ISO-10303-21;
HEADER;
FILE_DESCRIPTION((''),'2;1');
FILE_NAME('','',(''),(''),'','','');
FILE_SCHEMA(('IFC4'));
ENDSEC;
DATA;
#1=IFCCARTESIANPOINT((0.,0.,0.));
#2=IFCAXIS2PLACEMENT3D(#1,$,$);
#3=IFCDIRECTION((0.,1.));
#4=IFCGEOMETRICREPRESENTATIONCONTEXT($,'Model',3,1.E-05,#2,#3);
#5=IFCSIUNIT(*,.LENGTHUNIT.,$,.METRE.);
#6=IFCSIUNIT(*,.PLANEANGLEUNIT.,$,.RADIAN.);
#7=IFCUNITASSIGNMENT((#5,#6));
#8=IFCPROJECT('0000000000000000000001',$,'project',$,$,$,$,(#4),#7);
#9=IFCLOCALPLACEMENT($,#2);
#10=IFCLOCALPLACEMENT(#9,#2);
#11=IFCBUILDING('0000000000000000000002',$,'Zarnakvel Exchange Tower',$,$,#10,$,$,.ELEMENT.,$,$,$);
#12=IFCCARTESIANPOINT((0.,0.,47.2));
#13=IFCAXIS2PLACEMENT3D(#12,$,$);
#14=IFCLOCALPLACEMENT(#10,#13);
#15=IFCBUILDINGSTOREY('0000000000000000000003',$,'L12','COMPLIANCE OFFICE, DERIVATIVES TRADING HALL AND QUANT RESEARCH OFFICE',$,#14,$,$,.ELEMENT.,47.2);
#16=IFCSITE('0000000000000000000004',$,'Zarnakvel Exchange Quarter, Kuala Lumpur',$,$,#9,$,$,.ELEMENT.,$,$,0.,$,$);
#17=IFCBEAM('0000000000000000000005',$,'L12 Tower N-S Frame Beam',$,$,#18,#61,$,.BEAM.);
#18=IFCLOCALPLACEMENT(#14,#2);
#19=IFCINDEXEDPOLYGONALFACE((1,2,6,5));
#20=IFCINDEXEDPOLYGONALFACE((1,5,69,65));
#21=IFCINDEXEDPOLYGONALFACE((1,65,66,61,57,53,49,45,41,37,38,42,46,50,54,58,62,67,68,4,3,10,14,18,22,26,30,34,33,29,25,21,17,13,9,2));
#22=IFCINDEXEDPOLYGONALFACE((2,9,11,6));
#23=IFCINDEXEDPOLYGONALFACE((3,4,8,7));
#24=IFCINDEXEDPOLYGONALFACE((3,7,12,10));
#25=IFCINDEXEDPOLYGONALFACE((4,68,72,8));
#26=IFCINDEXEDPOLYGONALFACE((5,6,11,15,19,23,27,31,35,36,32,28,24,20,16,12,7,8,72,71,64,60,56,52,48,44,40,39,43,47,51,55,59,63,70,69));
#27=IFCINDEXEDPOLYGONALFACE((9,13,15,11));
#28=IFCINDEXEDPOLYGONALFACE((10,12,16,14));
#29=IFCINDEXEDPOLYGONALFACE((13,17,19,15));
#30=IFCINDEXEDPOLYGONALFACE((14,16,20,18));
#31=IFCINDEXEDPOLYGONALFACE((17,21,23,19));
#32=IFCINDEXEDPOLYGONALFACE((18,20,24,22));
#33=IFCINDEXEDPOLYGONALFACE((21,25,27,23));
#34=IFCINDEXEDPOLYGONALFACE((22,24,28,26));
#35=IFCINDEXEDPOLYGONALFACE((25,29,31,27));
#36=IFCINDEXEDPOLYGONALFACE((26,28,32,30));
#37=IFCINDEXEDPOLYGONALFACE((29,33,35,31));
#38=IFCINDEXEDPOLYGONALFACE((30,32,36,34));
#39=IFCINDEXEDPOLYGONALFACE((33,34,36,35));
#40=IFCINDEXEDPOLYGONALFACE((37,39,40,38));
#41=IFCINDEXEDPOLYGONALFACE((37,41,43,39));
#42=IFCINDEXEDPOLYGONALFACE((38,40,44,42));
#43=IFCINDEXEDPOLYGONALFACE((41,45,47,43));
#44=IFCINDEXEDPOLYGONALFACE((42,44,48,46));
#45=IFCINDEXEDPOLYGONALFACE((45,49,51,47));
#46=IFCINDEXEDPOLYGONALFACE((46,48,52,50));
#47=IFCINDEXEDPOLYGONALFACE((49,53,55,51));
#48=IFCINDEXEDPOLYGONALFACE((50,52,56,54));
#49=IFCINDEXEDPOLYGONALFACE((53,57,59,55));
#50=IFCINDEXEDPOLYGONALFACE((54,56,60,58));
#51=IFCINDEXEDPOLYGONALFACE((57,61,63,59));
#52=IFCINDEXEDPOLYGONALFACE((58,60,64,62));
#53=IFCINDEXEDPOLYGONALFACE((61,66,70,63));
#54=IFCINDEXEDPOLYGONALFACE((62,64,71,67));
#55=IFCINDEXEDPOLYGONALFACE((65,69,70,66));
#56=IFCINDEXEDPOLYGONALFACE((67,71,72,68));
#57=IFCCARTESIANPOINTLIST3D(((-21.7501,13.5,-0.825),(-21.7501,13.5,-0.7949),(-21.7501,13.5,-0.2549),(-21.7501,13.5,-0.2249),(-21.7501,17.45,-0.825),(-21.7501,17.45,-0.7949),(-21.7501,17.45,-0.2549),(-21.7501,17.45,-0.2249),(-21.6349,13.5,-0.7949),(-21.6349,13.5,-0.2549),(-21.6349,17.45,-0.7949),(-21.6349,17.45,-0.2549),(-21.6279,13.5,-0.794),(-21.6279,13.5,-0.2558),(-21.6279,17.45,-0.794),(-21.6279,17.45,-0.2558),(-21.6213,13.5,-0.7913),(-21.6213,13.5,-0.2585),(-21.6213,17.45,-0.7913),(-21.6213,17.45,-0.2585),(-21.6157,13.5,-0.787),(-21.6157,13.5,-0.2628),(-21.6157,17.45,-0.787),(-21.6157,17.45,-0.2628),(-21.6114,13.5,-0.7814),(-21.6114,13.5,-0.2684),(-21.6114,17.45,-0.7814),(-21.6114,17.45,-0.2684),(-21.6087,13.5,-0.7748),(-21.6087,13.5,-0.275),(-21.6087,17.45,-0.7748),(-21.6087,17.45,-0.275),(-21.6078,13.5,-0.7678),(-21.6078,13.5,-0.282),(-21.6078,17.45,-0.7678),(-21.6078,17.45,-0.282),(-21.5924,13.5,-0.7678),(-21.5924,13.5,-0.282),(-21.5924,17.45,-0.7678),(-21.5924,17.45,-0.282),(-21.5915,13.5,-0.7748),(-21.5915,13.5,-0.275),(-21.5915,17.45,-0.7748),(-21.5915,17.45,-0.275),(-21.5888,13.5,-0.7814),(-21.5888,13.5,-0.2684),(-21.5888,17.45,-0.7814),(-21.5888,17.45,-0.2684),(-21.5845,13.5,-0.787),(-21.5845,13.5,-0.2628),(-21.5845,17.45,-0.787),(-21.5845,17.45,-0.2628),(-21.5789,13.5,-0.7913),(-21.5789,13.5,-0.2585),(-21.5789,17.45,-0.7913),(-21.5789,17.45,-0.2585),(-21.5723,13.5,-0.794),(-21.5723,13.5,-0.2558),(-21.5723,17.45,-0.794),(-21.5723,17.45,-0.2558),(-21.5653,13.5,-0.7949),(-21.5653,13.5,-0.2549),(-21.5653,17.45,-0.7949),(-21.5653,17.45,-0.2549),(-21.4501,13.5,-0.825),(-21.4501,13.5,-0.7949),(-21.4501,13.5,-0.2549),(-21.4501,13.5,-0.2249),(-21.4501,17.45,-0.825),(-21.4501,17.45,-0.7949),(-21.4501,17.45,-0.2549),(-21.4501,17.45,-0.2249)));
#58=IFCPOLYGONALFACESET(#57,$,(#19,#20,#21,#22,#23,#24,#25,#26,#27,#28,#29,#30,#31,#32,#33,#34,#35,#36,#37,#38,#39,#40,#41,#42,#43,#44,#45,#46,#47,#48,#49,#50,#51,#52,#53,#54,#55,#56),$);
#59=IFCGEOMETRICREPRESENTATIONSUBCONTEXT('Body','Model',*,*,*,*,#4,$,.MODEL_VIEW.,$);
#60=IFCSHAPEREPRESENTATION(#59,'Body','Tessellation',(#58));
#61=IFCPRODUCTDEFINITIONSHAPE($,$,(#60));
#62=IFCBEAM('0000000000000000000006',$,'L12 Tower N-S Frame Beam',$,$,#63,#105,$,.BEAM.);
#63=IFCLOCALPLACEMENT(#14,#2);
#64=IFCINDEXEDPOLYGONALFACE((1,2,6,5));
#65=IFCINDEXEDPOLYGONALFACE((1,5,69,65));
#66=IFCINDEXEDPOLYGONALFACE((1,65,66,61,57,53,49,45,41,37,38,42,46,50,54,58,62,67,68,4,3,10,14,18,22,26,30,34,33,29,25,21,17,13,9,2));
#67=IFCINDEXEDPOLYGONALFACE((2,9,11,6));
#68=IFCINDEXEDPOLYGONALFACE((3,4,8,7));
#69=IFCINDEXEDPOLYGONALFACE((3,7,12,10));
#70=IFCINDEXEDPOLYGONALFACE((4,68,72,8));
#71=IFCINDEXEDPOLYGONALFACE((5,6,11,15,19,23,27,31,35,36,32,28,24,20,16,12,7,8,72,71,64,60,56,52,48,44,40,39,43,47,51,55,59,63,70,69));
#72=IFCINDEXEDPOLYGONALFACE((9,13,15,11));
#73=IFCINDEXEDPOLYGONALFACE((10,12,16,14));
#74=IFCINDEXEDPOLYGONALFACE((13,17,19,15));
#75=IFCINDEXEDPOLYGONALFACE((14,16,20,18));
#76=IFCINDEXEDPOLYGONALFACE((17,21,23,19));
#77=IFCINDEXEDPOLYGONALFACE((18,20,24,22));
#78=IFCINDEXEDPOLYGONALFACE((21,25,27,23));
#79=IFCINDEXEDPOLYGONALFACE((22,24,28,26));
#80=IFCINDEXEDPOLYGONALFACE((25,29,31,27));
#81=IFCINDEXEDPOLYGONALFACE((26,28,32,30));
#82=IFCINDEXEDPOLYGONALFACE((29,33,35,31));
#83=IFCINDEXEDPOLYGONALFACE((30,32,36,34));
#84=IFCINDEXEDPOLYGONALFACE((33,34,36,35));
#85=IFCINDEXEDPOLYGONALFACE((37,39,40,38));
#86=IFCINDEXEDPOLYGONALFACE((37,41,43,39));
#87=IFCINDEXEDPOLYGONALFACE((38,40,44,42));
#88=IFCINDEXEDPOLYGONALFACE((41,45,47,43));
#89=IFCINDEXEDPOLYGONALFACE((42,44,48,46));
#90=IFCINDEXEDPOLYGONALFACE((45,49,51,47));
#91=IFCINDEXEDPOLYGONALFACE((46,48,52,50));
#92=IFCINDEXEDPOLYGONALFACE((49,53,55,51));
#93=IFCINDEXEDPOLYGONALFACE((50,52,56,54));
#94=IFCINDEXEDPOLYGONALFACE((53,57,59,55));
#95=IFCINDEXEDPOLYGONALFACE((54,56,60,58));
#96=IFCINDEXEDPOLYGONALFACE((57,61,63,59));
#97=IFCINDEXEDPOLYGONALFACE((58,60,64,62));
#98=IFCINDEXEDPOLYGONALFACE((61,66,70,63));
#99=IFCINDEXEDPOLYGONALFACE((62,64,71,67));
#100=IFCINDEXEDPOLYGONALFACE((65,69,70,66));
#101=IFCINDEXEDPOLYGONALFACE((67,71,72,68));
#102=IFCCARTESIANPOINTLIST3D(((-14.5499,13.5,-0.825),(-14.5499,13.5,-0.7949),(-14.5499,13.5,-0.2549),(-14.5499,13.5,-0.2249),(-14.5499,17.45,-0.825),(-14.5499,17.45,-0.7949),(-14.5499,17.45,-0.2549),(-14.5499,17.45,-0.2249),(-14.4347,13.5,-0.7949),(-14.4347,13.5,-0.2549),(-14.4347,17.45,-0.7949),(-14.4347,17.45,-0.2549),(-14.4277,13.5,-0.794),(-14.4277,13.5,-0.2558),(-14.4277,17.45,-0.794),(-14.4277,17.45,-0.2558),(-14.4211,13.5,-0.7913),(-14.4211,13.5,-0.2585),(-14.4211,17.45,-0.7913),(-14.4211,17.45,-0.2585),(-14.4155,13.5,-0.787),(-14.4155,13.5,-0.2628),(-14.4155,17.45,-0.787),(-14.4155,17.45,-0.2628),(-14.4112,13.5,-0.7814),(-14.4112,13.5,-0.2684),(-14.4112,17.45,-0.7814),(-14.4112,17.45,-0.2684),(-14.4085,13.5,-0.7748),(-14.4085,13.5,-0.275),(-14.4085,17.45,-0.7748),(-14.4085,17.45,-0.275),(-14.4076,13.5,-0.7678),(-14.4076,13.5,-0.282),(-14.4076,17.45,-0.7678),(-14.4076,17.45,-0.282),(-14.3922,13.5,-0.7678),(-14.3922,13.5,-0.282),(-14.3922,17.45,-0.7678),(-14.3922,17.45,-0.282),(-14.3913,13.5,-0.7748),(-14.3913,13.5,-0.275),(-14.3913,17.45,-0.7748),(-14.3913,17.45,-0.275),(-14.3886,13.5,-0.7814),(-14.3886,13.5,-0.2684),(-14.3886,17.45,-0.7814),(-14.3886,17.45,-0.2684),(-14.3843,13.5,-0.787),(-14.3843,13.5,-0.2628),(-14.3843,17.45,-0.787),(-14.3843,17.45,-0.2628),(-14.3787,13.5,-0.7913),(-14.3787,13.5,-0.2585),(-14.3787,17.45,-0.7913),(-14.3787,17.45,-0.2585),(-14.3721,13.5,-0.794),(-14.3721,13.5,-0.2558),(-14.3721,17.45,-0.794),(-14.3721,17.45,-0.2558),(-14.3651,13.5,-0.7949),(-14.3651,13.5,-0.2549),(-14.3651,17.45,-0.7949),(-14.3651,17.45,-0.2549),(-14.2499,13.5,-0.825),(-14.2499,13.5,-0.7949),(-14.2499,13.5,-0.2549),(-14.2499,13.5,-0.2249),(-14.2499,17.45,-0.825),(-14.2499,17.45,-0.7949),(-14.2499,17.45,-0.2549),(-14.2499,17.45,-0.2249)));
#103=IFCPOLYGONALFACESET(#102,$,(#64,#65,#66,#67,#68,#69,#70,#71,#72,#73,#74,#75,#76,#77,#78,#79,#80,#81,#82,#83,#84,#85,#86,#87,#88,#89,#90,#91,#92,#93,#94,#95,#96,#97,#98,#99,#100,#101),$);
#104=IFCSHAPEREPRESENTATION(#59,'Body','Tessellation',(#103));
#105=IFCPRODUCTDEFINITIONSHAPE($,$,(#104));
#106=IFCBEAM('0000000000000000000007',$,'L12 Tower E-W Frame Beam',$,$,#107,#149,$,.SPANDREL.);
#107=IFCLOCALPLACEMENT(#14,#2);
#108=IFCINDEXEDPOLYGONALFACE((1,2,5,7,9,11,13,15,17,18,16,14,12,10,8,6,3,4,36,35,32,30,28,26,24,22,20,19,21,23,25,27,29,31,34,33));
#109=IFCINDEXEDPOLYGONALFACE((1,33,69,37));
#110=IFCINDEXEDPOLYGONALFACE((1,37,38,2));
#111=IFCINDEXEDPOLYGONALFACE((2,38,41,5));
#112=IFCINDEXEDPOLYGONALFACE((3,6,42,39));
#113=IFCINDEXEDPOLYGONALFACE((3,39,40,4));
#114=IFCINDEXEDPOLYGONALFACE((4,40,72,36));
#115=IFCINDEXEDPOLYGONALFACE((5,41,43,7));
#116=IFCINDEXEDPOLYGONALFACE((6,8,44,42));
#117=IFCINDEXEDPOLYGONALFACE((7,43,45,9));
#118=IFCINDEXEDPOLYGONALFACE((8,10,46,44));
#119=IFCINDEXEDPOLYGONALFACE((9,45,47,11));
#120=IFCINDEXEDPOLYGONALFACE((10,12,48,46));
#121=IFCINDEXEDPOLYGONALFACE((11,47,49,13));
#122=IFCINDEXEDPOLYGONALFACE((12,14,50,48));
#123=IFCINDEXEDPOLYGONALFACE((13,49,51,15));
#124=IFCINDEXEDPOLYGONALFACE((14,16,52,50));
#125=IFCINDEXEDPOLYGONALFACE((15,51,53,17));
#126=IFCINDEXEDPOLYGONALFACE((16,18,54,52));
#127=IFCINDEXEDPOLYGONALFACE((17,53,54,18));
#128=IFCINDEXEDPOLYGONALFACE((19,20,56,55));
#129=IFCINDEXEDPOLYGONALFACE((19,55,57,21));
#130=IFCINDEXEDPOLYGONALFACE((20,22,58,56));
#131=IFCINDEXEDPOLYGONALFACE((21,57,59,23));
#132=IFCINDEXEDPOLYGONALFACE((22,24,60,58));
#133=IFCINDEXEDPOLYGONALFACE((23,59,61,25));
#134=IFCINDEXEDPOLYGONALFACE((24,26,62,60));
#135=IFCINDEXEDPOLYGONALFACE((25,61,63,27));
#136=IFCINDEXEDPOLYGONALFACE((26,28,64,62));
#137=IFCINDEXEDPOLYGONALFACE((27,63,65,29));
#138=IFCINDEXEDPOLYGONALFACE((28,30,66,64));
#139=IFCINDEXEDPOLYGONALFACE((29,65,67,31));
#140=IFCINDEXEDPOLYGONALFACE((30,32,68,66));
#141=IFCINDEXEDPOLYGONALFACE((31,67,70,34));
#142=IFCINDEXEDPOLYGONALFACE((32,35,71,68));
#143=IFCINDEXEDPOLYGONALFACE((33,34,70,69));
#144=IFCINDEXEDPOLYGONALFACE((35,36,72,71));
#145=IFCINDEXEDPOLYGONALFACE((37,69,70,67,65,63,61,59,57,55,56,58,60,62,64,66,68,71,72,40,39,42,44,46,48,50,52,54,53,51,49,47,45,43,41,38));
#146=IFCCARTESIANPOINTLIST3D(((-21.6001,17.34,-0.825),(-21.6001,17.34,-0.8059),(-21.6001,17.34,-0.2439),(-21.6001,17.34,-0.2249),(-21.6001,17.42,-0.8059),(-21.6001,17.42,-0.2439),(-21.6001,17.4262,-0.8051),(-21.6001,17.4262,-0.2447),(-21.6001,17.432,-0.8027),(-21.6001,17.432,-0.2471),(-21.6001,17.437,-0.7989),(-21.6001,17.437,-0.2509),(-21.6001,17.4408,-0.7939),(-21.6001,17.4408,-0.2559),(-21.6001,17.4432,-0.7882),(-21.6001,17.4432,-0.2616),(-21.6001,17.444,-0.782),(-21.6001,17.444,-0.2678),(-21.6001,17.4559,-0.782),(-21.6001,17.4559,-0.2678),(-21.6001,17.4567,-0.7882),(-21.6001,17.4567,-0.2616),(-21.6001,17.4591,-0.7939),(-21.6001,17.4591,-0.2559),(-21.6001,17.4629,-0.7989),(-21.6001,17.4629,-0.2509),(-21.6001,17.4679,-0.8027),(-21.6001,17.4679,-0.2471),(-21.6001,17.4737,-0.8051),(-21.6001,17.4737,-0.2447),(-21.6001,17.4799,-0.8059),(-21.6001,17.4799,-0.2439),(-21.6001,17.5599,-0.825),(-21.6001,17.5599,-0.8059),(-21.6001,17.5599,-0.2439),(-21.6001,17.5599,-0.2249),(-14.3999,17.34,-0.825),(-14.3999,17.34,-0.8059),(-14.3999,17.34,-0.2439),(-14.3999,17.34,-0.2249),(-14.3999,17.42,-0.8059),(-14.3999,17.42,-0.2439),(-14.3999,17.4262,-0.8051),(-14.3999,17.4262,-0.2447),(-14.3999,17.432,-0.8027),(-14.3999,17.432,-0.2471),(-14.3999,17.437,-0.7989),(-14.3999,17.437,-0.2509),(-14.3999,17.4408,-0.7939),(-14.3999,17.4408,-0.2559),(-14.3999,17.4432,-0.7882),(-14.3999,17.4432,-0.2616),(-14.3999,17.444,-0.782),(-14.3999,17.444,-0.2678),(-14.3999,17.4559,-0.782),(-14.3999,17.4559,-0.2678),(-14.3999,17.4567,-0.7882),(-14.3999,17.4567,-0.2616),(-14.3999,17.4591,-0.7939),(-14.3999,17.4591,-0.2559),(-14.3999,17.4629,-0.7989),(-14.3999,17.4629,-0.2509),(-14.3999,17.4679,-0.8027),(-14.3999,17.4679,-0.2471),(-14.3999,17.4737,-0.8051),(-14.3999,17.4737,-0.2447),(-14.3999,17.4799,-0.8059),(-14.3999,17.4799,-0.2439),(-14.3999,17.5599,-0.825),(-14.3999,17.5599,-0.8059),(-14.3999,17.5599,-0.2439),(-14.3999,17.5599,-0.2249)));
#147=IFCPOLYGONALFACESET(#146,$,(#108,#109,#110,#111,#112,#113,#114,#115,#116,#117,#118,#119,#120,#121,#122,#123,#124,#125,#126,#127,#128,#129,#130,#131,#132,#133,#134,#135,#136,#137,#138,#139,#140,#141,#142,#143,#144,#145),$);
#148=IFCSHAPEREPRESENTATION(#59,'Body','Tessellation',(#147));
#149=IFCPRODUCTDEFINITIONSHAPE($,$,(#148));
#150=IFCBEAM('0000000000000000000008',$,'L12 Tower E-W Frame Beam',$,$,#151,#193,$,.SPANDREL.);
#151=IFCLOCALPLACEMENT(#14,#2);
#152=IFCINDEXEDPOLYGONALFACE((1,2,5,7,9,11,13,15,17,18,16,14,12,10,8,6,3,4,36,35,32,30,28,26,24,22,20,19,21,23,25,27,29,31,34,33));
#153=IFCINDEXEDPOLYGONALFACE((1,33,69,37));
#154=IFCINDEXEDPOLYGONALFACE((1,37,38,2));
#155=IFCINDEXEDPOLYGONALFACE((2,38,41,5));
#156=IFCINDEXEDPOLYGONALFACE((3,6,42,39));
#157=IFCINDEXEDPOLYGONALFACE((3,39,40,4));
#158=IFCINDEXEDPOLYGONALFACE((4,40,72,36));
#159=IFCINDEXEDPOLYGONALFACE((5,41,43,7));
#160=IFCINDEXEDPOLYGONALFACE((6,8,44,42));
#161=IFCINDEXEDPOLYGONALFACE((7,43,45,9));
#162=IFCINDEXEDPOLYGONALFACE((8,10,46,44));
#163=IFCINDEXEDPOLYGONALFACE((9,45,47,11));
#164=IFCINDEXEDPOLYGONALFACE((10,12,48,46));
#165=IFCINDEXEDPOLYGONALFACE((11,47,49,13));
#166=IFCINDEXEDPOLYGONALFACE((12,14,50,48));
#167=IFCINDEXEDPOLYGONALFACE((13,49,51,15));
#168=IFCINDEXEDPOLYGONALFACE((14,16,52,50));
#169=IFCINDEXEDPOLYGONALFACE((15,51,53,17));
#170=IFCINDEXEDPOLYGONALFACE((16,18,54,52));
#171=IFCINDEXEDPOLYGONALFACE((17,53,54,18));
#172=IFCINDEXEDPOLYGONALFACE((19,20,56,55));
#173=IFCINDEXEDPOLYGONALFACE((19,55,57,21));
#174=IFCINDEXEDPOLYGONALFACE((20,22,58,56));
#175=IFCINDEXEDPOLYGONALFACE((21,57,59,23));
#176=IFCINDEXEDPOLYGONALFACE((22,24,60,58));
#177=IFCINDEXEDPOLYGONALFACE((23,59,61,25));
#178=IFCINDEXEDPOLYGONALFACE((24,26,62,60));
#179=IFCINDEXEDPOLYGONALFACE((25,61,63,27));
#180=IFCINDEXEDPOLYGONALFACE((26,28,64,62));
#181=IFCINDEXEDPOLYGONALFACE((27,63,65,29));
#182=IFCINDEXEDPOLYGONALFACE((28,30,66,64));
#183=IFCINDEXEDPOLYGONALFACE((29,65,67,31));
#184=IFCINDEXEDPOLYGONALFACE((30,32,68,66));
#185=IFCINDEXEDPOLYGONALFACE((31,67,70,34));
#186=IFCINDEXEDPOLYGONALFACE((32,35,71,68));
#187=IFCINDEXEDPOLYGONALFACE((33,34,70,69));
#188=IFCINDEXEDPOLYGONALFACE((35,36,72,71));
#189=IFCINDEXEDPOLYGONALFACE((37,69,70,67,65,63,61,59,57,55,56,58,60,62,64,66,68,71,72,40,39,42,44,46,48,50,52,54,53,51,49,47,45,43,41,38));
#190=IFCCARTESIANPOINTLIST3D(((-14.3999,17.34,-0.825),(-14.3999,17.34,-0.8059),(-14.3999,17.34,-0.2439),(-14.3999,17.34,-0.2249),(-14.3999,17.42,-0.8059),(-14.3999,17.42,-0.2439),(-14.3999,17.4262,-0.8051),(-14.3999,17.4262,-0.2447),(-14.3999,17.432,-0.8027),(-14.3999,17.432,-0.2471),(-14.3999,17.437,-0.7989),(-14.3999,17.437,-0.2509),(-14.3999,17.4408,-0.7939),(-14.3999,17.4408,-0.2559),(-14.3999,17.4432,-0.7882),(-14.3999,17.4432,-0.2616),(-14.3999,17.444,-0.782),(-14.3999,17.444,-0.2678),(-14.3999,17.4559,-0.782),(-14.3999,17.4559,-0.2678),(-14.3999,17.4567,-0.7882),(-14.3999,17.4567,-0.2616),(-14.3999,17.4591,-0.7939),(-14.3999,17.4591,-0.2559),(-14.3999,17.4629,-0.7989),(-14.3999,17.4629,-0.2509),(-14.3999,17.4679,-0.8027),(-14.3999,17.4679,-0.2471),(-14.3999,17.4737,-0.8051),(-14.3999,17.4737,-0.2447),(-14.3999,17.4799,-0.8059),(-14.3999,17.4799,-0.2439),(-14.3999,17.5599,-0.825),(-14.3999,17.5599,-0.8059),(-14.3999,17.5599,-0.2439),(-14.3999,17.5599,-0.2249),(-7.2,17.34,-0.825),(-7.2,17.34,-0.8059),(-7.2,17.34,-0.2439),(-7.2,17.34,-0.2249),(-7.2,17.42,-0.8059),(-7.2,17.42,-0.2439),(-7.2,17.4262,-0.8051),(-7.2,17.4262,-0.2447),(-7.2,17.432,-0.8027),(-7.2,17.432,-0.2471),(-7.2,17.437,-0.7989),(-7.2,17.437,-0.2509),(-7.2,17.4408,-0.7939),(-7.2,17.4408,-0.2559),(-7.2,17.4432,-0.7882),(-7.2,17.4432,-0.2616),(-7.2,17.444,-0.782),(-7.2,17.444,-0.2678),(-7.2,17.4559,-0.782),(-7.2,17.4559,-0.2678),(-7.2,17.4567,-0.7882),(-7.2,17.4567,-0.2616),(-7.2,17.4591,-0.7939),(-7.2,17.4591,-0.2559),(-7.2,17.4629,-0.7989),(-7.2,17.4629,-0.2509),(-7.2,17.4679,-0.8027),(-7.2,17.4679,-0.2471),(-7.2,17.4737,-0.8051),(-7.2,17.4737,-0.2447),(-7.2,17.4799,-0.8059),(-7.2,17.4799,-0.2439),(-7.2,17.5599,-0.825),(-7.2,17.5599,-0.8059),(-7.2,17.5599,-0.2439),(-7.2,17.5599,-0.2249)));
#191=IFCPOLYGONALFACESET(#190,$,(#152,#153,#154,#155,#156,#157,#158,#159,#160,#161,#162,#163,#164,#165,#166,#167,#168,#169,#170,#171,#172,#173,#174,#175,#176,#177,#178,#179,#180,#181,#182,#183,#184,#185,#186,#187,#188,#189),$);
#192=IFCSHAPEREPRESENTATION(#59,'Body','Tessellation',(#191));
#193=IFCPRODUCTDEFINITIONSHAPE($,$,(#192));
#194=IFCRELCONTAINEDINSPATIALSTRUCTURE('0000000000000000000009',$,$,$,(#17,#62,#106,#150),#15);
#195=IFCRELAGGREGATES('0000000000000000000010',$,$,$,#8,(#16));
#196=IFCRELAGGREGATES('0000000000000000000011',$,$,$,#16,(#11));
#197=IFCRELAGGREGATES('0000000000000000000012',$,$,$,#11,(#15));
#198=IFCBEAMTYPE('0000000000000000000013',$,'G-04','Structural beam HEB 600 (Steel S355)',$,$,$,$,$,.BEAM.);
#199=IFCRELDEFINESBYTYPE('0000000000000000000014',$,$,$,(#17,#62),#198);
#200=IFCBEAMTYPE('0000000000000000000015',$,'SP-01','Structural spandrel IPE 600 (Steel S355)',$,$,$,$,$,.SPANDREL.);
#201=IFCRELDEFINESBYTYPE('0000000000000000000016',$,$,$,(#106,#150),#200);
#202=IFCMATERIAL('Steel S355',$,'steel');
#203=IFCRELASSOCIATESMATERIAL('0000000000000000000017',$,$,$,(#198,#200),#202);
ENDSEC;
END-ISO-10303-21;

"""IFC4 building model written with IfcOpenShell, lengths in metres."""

from ifc_helpers import new_model, si_unit, direction, frame, origin, origin_2d, place, context, subcontext, project, spatial, i_section, extrude, material, material_profile, profile_set, type_object, element, save


model = new_model("IFC4")

# Units and contexts
model_context = context("Model", 3, precision=1e-05, world=origin(), true_north=direction((0.0, 1.0)))
body_context = subcontext(model_context, "Body", "Model", "MODEL_VIEW")
ifc_project = project(units=[si_unit("LENGTHUNIT", "METRE"), si_unit("PLANEANGLEUNIT", "RADIAN")], contexts=[model_context])

# Site, building, storey
site_placement = place(None, origin())
site = spatial("IfcSite", under=ifc_project, at=site_placement, Name="Zarnakvel Exchange Quarter, Kuala Lumpur", CompositionType="ELEMENT", RefElevation=0.0)
building_placement = place(site_placement, origin())
building = spatial("IfcBuilding", under=site, at=building_placement, Name="Zarnakvel Exchange Tower", CompositionType="ELEMENT")
storey_placement = place(building_placement, frame((0.0, 0.0, 47.2)))
storey = spatial("IfcBuildingStorey", under=building, at=storey_placement, Name="L12", Description="COMPLIANCE OFFICE, DERIVATIVES TRADING HALL AND QUANT RESEARCH OFFICE", CompositionType="ELEMENT", Elevation=47.2)

# Beams
ifc_material_1 = material(Name="Steel S355", Category="steel")
ifc_material_profile_1 = material_profile(ifc_material_1, i_section(OverallWidth=0.3, OverallDepth=0.6001, WebThickness=0.0154, FlangeThickness=0.03, FilletRadius=0.0271, at=origin_2d()))
ifc_profile_set_1 = profile_set([ifc_material_profile_1], Name="Steel S355")
beam_type_1 = type_object("IfcBeamType", Name="G-04", Description="Structural beam HEB 600 (Steel S355)", PredefinedType="BEAM", material=ifc_profile_set_1)
for number, where, z_axis, x_axis, name in (
    (1, (-21.6001, 13.5, -0.5249), (0.0, 1.0, 0.0), (-1.0, 0.0, 0.0), "L12 Tower N-S Frame Beam"),
    (2, (-14.3999, 13.5, -0.5249), (0.0, 1.0, 0.0), (-1.0, 0.0, 0.0), "L12 Tower N-S Frame Beam"),
):
    element("IfcBeam", number, at=place(storey_placement, frame(where, z_axis=z_axis, x_axis=x_axis)), inside=storey, type_object=beam_type_1, Name=name, PredefinedType="BEAM", context=body_context, shape_type="SweptSolid", body=[
        extrude(i_section(OverallWidth=0.3, OverallDepth=0.6001, WebThickness=0.0154, FlangeThickness=0.03, FilletRadius=0.0271, at=origin_2d()), origin(), (0.0, 0.0, 1.0), 3.95),
    ])
ifc_material_profile_2 = material_profile(ifc_material_1, i_section(OverallWidth=0.22, OverallDepth=0.6001, WebThickness=0.012, FlangeThickness=0.019, FilletRadius=0.0239, at=origin_2d()))
ifc_profile_set_2 = profile_set([ifc_material_profile_2], Name="Steel S355")
beam_type_2 = type_object("IfcBeamType", Name="SP-01", Description="Structural spandrel IPE 600 (Steel S355)", PredefinedType="SPANDREL", material=ifc_profile_set_2)
beam_1_placement = place(storey_placement, frame((-21.6001, 17.45, -0.5249), z_axis=(1.0, 0.0, 0.0), x_axis=(0.0, 1.0, 0.0)))
element("IfcBeam", 3, at=beam_1_placement, inside=storey, type_object=beam_type_2, Name="L12 Tower E-W Frame Beam", PredefinedType="SPANDREL", context=body_context, shape_type="SweptSolid", body=[
    extrude(i_section(OverallWidth=0.22, OverallDepth=0.6001, WebThickness=0.012, FlangeThickness=0.019, FilletRadius=0.0239, at=origin_2d()), origin(), (0.0, 0.0, 1.0), 7.2002),
])
beam_2_placement = place(storey_placement, frame((-14.3999, 17.45, -0.5249), z_axis=(1.0, 0.0, 0.0), x_axis=(0.0, 1.0, 0.0)))
element("IfcBeam", 4, at=beam_2_placement, inside=storey, type_object=beam_type_2, Name="L12 Tower E-W Frame Beam", PredefinedType="SPANDREL", context=body_context, shape_type="SweptSolid", body=[
    extrude(i_section(OverallWidth=0.22, OverallDepth=0.6001, WebThickness=0.012, FlangeThickness=0.019, FilletRadius=0.0239, at=origin_2d()), origin(), (0.0, 0.0, 1.0), 7.2),
])

save(model, "model.ifc")
